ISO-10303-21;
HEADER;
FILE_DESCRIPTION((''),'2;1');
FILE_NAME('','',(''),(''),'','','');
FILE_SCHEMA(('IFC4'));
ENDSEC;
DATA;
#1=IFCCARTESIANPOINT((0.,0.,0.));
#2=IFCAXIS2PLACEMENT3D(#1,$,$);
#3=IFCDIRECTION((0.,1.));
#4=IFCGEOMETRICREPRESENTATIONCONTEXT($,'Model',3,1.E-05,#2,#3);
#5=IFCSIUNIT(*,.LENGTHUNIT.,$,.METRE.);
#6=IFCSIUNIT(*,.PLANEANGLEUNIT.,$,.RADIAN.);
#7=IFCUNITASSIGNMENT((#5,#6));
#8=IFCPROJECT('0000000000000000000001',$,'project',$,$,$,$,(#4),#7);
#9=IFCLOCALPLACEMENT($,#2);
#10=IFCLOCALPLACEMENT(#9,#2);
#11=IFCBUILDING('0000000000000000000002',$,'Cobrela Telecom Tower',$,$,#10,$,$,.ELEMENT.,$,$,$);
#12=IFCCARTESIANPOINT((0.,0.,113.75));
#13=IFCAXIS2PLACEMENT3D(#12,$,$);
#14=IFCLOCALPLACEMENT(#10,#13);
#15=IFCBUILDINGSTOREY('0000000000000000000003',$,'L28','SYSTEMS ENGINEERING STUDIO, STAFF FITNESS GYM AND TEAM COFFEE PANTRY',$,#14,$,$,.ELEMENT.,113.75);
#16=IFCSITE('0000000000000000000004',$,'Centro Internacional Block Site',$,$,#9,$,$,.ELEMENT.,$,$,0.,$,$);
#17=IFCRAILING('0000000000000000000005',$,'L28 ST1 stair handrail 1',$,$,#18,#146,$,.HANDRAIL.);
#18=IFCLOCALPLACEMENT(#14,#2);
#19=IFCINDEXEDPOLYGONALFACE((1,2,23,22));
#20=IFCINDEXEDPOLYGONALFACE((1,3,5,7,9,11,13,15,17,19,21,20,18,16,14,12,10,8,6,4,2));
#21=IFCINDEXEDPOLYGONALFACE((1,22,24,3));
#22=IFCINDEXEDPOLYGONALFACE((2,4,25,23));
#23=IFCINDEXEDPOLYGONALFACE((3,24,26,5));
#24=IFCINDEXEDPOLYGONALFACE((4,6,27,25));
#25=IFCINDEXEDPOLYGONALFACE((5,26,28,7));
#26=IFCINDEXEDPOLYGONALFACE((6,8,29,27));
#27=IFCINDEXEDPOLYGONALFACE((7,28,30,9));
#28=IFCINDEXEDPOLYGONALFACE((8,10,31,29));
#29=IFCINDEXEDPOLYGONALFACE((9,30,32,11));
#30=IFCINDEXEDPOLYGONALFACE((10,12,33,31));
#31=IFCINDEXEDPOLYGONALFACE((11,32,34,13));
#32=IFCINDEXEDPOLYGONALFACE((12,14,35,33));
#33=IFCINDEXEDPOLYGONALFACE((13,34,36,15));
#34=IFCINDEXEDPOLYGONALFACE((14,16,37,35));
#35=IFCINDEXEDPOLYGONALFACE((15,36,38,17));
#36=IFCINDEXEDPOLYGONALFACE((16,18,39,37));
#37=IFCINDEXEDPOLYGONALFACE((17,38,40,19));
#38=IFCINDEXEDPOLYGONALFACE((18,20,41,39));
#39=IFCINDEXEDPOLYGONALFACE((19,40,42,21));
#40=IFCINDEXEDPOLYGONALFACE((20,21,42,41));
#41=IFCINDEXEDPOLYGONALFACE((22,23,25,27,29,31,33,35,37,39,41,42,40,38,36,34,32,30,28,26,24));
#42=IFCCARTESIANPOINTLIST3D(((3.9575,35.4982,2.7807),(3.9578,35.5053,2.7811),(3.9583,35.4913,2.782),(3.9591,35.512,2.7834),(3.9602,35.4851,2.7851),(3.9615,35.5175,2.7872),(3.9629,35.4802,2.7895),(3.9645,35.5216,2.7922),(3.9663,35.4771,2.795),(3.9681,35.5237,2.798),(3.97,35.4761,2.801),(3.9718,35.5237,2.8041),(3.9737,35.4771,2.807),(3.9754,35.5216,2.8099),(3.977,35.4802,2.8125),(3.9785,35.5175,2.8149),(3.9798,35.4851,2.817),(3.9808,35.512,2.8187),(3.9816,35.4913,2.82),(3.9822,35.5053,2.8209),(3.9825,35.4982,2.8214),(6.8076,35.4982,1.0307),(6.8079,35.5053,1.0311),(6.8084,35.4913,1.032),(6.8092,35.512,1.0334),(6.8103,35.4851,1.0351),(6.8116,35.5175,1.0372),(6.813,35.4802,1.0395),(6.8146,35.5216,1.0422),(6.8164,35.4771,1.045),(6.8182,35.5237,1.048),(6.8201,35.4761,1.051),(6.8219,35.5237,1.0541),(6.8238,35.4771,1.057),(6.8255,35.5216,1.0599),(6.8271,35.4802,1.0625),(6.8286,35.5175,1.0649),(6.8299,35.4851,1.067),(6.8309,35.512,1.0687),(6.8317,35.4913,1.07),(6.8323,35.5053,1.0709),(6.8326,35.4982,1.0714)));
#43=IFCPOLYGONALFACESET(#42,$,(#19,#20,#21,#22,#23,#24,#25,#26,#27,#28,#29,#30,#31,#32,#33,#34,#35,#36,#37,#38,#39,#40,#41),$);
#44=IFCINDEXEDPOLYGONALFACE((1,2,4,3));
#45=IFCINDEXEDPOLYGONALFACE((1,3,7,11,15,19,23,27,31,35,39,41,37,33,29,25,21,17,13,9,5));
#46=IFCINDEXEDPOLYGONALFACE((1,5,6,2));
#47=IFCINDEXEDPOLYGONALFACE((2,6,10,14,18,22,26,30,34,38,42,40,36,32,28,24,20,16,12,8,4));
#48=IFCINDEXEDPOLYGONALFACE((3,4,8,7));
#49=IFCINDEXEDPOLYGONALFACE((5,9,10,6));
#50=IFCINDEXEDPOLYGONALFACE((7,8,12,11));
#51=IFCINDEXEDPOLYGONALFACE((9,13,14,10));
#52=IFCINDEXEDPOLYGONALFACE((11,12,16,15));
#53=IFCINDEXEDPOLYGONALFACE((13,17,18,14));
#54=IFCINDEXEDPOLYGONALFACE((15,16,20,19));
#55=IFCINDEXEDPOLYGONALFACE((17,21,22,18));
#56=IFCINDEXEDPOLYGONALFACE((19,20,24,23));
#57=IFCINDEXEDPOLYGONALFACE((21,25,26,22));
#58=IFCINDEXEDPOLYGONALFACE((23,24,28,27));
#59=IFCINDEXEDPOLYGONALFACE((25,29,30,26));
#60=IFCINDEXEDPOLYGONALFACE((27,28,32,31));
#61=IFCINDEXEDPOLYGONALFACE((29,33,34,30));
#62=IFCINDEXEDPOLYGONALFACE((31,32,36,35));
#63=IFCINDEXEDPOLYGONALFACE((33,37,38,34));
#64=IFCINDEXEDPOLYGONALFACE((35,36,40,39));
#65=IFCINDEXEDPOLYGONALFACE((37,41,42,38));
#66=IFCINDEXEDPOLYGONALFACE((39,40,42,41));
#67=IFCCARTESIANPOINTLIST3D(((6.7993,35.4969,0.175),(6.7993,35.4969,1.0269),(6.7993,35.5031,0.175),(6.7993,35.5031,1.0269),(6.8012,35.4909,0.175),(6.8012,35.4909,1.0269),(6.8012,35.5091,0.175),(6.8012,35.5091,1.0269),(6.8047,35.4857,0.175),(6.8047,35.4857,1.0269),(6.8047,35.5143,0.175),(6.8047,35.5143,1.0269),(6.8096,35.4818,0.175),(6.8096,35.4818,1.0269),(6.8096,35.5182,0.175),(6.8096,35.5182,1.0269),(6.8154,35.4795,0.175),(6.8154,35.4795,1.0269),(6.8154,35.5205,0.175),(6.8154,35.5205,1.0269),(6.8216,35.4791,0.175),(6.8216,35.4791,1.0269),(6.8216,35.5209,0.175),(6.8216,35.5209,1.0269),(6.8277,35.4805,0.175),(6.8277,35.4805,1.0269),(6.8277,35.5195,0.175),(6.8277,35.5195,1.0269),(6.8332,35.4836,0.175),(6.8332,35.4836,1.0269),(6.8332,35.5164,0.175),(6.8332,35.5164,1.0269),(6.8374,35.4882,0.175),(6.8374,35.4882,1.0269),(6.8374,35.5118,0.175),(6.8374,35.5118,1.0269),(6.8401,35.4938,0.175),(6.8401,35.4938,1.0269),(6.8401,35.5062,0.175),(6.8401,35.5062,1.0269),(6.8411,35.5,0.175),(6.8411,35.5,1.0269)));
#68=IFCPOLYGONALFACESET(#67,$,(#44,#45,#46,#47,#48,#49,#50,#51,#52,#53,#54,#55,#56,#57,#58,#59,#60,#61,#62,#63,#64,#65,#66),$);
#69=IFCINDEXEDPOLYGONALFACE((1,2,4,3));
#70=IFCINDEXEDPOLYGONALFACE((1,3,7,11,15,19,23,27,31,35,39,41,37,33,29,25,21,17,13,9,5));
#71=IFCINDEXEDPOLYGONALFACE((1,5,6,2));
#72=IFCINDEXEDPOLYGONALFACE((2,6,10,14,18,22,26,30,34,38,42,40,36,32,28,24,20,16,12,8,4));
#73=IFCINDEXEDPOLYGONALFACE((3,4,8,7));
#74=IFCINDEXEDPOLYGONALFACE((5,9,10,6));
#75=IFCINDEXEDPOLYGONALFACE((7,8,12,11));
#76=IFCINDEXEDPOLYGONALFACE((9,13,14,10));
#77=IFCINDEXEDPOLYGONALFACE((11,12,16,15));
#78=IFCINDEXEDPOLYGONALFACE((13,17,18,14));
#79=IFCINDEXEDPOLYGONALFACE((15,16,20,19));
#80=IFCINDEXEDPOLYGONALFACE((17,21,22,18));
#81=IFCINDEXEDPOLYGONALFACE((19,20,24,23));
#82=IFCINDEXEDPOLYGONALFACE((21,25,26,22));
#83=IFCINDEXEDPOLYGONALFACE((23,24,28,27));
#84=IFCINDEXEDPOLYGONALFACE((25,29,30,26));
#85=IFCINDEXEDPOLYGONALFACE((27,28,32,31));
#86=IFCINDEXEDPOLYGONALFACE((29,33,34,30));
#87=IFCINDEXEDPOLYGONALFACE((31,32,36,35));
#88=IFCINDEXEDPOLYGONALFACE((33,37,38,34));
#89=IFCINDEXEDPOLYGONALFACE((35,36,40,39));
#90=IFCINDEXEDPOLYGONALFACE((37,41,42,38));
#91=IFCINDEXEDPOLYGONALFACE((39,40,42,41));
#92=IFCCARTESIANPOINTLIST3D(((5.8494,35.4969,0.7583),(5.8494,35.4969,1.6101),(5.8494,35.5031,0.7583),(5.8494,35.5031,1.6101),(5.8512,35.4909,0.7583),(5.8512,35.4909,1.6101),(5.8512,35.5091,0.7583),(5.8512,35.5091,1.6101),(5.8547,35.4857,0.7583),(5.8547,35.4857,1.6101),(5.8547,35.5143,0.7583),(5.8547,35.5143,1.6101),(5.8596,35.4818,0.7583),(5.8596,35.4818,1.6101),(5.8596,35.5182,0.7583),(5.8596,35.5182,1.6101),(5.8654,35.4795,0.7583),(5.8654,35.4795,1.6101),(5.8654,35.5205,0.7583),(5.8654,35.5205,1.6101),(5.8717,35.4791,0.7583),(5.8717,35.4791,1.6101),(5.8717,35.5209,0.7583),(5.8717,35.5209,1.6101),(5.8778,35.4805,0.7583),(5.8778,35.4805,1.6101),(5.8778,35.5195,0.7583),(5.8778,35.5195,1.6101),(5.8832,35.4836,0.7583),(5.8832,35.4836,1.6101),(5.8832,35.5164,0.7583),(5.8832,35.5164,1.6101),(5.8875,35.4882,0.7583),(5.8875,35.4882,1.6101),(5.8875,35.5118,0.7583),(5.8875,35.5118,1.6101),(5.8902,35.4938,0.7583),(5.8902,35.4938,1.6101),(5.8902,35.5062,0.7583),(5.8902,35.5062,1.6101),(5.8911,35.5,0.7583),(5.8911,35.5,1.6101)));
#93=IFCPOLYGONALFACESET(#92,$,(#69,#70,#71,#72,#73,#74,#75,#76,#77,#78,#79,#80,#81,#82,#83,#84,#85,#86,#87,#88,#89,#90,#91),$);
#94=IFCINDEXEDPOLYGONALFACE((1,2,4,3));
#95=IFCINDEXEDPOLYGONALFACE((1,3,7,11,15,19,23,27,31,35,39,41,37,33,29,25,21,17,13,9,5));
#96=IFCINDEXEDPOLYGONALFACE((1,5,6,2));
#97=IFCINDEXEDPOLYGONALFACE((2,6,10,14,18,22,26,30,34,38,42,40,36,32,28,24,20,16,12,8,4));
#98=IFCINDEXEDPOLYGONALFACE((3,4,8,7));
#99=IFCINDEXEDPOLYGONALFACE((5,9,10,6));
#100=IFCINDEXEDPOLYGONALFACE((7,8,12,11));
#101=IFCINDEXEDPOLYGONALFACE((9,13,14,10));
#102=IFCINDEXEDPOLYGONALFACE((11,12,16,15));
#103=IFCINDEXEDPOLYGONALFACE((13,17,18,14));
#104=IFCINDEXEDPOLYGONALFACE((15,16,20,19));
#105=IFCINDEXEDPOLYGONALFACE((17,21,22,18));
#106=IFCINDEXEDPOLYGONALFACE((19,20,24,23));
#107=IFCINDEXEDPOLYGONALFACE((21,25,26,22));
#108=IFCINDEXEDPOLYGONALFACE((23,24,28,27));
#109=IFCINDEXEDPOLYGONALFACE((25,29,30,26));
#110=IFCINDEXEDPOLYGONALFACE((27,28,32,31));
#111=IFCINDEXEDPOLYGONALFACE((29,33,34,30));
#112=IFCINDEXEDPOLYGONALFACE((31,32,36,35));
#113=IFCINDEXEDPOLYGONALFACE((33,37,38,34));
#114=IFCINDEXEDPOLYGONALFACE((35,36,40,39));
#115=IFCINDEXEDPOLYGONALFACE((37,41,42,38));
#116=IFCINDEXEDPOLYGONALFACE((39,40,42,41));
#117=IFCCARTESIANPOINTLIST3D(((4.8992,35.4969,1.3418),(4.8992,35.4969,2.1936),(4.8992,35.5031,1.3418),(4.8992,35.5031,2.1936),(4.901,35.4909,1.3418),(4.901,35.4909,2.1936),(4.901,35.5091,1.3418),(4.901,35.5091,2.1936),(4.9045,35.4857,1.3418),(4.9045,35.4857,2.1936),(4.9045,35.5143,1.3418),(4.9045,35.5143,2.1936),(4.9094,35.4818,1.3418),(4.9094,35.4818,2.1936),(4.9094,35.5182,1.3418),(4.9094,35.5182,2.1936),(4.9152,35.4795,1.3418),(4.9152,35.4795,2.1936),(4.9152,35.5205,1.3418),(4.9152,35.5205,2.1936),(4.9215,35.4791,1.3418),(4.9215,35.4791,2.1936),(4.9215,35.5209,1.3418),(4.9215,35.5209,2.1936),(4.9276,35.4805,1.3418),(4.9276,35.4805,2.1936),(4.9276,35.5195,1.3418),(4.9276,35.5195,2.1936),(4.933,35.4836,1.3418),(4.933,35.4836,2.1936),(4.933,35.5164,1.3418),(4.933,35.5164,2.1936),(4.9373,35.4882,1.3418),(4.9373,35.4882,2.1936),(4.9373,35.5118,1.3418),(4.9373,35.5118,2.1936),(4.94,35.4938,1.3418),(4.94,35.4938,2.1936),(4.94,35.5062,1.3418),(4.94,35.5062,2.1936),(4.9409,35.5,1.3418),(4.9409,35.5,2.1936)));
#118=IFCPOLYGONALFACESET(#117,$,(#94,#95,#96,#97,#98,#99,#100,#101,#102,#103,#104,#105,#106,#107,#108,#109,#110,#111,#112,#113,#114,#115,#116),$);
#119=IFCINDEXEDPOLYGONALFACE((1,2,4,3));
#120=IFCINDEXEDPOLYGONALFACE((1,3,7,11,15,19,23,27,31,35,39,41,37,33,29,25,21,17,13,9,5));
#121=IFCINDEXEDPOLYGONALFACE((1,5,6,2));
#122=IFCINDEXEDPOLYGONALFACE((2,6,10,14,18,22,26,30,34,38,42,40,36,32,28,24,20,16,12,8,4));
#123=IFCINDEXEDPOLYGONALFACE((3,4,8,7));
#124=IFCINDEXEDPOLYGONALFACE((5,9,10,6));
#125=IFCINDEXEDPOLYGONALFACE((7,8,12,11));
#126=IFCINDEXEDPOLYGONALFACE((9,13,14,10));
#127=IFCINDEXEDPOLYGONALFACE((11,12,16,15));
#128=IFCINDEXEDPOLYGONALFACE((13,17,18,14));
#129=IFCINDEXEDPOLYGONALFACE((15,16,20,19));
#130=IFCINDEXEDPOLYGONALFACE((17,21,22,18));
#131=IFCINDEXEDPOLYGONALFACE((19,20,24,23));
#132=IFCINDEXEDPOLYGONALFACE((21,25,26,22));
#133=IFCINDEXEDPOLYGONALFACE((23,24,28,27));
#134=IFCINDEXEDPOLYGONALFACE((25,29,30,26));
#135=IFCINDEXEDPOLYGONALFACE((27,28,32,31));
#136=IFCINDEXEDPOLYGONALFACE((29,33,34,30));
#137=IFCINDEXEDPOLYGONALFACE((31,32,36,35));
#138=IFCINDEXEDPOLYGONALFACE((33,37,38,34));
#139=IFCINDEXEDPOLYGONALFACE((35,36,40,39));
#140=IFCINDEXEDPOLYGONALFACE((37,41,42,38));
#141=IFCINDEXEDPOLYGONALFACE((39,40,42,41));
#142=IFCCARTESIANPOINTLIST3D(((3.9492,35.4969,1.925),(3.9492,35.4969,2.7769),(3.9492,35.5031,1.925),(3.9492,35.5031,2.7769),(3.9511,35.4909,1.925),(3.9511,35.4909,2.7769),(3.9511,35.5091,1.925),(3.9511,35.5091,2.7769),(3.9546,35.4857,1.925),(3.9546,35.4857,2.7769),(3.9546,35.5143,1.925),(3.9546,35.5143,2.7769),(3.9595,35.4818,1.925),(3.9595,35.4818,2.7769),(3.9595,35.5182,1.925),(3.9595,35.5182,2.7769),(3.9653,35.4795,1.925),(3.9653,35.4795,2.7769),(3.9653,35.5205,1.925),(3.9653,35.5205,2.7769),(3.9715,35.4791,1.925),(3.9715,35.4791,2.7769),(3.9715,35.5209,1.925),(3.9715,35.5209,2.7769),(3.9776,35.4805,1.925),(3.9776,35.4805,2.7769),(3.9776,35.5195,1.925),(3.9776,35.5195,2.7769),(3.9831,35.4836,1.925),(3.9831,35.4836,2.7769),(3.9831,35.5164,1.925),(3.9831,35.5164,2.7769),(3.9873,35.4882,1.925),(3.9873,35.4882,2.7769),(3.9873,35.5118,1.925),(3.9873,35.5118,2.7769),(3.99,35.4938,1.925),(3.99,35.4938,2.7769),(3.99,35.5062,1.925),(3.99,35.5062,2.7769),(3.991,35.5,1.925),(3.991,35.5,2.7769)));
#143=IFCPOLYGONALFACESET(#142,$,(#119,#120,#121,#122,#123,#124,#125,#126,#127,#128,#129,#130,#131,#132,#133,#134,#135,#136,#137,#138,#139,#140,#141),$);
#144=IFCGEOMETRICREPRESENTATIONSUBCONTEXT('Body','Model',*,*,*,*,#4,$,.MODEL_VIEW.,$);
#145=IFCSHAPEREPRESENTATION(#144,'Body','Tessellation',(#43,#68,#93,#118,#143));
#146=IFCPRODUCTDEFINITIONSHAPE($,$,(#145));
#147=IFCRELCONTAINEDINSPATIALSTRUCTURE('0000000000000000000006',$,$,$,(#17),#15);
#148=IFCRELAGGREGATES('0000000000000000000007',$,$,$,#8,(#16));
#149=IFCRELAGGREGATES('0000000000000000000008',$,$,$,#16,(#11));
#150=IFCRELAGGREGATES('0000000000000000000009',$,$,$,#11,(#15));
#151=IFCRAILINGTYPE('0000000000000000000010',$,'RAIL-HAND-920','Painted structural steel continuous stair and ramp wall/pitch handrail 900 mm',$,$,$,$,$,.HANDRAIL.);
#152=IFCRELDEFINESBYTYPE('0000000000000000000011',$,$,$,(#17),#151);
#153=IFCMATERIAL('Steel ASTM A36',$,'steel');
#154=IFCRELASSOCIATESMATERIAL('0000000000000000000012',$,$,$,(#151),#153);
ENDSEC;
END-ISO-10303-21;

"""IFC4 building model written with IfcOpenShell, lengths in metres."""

from ifc_helpers import new_model, si_unit, direction, frame, origin, origin_2d, place, context, subcontext, project, spatial, circle, extrude, material, type_object, element, save


model = new_model("IFC4")

# Units and contexts
model_context = context("Model", 3, precision=1e-05, world=origin(), true_north=direction((0.0, 1.0)))
body_context = subcontext(model_context, "Body", "Model", "MODEL_VIEW")
ifc_project = project(units=[si_unit("LENGTHUNIT", "METRE"), si_unit("PLANEANGLEUNIT", "RADIAN")], contexts=[model_context])

# Site, building, storey
site_placement = place(None, origin())
site = spatial("IfcSite", under=ifc_project, at=site_placement, Name="Centro Internacional Block Site", CompositionType="ELEMENT", RefElevation=0.0)
building_placement = place(site_placement, origin())
building = spatial("IfcBuilding", under=site, at=building_placement, Name="Cobrela Telecom Tower", CompositionType="ELEMENT")
storey_placement = place(building_placement, frame((0.0, 0.0, 113.75)))
storey = spatial("IfcBuildingStorey", under=building, at=storey_placement, Name="L28", Description="SYSTEMS ENGINEERING STUDIO, STAFF FITNESS GYM AND TEAM COFFEE PANTRY", CompositionType="ELEMENT", Elevation=113.75)

# Shared definitions
ifc_material_1 = material(Name="Steel ASTM A36", Category="steel")

# Railing
railing_type_1 = type_object("IfcRailingType", Name="RAIL-HAND-920", Description="Painted structural steel continuous stair and ramp wall/pitch handrail 900 mm", PredefinedType="HANDRAIL", material=ifc_material_1)
railing_1_placement = place(storey_placement, frame((6.8201, 35.5, 0.175)))
element("IfcRailing", 1, at=railing_1_placement, inside=storey, type_object=railing_type_1, Name="L28 ST1 stair handrail 1", PredefinedType="HANDRAIL", context=body_context, shape_type="SweptSolid", body=[
    extrude(circle(Radius=0.0239, at=origin_2d()), frame((0.0, 0.0, 0.876), z_axis=(-0.852179, 0.0, 0.52325), x_axis=(0.0, -1.0, 0.0)), (0.0, 0.0, 1.0), 3.3445),
    extrude(circle(Radius=0.021, at=origin_2d()), origin(), (0.0, 0.0, 1.0), 0.8518),
    extrude(circle(Radius=0.021, at=origin_2d()), frame((-0.95, 0.0, 0.5833)), (0.0, 0.0, 1.0), 0.8518),
    extrude(circle(Radius=0.021, at=origin_2d()), frame((-1.9001, 0.0, 1.1667)), (0.0, 0.0, 1.0), 0.8518),
    extrude(circle(Radius=0.021, at=origin_2d()), frame((-2.8501, 0.0, 1.75)), (0.0, 0.0, 1.0), 0.8518),
])

save(model, "model.ifc")
